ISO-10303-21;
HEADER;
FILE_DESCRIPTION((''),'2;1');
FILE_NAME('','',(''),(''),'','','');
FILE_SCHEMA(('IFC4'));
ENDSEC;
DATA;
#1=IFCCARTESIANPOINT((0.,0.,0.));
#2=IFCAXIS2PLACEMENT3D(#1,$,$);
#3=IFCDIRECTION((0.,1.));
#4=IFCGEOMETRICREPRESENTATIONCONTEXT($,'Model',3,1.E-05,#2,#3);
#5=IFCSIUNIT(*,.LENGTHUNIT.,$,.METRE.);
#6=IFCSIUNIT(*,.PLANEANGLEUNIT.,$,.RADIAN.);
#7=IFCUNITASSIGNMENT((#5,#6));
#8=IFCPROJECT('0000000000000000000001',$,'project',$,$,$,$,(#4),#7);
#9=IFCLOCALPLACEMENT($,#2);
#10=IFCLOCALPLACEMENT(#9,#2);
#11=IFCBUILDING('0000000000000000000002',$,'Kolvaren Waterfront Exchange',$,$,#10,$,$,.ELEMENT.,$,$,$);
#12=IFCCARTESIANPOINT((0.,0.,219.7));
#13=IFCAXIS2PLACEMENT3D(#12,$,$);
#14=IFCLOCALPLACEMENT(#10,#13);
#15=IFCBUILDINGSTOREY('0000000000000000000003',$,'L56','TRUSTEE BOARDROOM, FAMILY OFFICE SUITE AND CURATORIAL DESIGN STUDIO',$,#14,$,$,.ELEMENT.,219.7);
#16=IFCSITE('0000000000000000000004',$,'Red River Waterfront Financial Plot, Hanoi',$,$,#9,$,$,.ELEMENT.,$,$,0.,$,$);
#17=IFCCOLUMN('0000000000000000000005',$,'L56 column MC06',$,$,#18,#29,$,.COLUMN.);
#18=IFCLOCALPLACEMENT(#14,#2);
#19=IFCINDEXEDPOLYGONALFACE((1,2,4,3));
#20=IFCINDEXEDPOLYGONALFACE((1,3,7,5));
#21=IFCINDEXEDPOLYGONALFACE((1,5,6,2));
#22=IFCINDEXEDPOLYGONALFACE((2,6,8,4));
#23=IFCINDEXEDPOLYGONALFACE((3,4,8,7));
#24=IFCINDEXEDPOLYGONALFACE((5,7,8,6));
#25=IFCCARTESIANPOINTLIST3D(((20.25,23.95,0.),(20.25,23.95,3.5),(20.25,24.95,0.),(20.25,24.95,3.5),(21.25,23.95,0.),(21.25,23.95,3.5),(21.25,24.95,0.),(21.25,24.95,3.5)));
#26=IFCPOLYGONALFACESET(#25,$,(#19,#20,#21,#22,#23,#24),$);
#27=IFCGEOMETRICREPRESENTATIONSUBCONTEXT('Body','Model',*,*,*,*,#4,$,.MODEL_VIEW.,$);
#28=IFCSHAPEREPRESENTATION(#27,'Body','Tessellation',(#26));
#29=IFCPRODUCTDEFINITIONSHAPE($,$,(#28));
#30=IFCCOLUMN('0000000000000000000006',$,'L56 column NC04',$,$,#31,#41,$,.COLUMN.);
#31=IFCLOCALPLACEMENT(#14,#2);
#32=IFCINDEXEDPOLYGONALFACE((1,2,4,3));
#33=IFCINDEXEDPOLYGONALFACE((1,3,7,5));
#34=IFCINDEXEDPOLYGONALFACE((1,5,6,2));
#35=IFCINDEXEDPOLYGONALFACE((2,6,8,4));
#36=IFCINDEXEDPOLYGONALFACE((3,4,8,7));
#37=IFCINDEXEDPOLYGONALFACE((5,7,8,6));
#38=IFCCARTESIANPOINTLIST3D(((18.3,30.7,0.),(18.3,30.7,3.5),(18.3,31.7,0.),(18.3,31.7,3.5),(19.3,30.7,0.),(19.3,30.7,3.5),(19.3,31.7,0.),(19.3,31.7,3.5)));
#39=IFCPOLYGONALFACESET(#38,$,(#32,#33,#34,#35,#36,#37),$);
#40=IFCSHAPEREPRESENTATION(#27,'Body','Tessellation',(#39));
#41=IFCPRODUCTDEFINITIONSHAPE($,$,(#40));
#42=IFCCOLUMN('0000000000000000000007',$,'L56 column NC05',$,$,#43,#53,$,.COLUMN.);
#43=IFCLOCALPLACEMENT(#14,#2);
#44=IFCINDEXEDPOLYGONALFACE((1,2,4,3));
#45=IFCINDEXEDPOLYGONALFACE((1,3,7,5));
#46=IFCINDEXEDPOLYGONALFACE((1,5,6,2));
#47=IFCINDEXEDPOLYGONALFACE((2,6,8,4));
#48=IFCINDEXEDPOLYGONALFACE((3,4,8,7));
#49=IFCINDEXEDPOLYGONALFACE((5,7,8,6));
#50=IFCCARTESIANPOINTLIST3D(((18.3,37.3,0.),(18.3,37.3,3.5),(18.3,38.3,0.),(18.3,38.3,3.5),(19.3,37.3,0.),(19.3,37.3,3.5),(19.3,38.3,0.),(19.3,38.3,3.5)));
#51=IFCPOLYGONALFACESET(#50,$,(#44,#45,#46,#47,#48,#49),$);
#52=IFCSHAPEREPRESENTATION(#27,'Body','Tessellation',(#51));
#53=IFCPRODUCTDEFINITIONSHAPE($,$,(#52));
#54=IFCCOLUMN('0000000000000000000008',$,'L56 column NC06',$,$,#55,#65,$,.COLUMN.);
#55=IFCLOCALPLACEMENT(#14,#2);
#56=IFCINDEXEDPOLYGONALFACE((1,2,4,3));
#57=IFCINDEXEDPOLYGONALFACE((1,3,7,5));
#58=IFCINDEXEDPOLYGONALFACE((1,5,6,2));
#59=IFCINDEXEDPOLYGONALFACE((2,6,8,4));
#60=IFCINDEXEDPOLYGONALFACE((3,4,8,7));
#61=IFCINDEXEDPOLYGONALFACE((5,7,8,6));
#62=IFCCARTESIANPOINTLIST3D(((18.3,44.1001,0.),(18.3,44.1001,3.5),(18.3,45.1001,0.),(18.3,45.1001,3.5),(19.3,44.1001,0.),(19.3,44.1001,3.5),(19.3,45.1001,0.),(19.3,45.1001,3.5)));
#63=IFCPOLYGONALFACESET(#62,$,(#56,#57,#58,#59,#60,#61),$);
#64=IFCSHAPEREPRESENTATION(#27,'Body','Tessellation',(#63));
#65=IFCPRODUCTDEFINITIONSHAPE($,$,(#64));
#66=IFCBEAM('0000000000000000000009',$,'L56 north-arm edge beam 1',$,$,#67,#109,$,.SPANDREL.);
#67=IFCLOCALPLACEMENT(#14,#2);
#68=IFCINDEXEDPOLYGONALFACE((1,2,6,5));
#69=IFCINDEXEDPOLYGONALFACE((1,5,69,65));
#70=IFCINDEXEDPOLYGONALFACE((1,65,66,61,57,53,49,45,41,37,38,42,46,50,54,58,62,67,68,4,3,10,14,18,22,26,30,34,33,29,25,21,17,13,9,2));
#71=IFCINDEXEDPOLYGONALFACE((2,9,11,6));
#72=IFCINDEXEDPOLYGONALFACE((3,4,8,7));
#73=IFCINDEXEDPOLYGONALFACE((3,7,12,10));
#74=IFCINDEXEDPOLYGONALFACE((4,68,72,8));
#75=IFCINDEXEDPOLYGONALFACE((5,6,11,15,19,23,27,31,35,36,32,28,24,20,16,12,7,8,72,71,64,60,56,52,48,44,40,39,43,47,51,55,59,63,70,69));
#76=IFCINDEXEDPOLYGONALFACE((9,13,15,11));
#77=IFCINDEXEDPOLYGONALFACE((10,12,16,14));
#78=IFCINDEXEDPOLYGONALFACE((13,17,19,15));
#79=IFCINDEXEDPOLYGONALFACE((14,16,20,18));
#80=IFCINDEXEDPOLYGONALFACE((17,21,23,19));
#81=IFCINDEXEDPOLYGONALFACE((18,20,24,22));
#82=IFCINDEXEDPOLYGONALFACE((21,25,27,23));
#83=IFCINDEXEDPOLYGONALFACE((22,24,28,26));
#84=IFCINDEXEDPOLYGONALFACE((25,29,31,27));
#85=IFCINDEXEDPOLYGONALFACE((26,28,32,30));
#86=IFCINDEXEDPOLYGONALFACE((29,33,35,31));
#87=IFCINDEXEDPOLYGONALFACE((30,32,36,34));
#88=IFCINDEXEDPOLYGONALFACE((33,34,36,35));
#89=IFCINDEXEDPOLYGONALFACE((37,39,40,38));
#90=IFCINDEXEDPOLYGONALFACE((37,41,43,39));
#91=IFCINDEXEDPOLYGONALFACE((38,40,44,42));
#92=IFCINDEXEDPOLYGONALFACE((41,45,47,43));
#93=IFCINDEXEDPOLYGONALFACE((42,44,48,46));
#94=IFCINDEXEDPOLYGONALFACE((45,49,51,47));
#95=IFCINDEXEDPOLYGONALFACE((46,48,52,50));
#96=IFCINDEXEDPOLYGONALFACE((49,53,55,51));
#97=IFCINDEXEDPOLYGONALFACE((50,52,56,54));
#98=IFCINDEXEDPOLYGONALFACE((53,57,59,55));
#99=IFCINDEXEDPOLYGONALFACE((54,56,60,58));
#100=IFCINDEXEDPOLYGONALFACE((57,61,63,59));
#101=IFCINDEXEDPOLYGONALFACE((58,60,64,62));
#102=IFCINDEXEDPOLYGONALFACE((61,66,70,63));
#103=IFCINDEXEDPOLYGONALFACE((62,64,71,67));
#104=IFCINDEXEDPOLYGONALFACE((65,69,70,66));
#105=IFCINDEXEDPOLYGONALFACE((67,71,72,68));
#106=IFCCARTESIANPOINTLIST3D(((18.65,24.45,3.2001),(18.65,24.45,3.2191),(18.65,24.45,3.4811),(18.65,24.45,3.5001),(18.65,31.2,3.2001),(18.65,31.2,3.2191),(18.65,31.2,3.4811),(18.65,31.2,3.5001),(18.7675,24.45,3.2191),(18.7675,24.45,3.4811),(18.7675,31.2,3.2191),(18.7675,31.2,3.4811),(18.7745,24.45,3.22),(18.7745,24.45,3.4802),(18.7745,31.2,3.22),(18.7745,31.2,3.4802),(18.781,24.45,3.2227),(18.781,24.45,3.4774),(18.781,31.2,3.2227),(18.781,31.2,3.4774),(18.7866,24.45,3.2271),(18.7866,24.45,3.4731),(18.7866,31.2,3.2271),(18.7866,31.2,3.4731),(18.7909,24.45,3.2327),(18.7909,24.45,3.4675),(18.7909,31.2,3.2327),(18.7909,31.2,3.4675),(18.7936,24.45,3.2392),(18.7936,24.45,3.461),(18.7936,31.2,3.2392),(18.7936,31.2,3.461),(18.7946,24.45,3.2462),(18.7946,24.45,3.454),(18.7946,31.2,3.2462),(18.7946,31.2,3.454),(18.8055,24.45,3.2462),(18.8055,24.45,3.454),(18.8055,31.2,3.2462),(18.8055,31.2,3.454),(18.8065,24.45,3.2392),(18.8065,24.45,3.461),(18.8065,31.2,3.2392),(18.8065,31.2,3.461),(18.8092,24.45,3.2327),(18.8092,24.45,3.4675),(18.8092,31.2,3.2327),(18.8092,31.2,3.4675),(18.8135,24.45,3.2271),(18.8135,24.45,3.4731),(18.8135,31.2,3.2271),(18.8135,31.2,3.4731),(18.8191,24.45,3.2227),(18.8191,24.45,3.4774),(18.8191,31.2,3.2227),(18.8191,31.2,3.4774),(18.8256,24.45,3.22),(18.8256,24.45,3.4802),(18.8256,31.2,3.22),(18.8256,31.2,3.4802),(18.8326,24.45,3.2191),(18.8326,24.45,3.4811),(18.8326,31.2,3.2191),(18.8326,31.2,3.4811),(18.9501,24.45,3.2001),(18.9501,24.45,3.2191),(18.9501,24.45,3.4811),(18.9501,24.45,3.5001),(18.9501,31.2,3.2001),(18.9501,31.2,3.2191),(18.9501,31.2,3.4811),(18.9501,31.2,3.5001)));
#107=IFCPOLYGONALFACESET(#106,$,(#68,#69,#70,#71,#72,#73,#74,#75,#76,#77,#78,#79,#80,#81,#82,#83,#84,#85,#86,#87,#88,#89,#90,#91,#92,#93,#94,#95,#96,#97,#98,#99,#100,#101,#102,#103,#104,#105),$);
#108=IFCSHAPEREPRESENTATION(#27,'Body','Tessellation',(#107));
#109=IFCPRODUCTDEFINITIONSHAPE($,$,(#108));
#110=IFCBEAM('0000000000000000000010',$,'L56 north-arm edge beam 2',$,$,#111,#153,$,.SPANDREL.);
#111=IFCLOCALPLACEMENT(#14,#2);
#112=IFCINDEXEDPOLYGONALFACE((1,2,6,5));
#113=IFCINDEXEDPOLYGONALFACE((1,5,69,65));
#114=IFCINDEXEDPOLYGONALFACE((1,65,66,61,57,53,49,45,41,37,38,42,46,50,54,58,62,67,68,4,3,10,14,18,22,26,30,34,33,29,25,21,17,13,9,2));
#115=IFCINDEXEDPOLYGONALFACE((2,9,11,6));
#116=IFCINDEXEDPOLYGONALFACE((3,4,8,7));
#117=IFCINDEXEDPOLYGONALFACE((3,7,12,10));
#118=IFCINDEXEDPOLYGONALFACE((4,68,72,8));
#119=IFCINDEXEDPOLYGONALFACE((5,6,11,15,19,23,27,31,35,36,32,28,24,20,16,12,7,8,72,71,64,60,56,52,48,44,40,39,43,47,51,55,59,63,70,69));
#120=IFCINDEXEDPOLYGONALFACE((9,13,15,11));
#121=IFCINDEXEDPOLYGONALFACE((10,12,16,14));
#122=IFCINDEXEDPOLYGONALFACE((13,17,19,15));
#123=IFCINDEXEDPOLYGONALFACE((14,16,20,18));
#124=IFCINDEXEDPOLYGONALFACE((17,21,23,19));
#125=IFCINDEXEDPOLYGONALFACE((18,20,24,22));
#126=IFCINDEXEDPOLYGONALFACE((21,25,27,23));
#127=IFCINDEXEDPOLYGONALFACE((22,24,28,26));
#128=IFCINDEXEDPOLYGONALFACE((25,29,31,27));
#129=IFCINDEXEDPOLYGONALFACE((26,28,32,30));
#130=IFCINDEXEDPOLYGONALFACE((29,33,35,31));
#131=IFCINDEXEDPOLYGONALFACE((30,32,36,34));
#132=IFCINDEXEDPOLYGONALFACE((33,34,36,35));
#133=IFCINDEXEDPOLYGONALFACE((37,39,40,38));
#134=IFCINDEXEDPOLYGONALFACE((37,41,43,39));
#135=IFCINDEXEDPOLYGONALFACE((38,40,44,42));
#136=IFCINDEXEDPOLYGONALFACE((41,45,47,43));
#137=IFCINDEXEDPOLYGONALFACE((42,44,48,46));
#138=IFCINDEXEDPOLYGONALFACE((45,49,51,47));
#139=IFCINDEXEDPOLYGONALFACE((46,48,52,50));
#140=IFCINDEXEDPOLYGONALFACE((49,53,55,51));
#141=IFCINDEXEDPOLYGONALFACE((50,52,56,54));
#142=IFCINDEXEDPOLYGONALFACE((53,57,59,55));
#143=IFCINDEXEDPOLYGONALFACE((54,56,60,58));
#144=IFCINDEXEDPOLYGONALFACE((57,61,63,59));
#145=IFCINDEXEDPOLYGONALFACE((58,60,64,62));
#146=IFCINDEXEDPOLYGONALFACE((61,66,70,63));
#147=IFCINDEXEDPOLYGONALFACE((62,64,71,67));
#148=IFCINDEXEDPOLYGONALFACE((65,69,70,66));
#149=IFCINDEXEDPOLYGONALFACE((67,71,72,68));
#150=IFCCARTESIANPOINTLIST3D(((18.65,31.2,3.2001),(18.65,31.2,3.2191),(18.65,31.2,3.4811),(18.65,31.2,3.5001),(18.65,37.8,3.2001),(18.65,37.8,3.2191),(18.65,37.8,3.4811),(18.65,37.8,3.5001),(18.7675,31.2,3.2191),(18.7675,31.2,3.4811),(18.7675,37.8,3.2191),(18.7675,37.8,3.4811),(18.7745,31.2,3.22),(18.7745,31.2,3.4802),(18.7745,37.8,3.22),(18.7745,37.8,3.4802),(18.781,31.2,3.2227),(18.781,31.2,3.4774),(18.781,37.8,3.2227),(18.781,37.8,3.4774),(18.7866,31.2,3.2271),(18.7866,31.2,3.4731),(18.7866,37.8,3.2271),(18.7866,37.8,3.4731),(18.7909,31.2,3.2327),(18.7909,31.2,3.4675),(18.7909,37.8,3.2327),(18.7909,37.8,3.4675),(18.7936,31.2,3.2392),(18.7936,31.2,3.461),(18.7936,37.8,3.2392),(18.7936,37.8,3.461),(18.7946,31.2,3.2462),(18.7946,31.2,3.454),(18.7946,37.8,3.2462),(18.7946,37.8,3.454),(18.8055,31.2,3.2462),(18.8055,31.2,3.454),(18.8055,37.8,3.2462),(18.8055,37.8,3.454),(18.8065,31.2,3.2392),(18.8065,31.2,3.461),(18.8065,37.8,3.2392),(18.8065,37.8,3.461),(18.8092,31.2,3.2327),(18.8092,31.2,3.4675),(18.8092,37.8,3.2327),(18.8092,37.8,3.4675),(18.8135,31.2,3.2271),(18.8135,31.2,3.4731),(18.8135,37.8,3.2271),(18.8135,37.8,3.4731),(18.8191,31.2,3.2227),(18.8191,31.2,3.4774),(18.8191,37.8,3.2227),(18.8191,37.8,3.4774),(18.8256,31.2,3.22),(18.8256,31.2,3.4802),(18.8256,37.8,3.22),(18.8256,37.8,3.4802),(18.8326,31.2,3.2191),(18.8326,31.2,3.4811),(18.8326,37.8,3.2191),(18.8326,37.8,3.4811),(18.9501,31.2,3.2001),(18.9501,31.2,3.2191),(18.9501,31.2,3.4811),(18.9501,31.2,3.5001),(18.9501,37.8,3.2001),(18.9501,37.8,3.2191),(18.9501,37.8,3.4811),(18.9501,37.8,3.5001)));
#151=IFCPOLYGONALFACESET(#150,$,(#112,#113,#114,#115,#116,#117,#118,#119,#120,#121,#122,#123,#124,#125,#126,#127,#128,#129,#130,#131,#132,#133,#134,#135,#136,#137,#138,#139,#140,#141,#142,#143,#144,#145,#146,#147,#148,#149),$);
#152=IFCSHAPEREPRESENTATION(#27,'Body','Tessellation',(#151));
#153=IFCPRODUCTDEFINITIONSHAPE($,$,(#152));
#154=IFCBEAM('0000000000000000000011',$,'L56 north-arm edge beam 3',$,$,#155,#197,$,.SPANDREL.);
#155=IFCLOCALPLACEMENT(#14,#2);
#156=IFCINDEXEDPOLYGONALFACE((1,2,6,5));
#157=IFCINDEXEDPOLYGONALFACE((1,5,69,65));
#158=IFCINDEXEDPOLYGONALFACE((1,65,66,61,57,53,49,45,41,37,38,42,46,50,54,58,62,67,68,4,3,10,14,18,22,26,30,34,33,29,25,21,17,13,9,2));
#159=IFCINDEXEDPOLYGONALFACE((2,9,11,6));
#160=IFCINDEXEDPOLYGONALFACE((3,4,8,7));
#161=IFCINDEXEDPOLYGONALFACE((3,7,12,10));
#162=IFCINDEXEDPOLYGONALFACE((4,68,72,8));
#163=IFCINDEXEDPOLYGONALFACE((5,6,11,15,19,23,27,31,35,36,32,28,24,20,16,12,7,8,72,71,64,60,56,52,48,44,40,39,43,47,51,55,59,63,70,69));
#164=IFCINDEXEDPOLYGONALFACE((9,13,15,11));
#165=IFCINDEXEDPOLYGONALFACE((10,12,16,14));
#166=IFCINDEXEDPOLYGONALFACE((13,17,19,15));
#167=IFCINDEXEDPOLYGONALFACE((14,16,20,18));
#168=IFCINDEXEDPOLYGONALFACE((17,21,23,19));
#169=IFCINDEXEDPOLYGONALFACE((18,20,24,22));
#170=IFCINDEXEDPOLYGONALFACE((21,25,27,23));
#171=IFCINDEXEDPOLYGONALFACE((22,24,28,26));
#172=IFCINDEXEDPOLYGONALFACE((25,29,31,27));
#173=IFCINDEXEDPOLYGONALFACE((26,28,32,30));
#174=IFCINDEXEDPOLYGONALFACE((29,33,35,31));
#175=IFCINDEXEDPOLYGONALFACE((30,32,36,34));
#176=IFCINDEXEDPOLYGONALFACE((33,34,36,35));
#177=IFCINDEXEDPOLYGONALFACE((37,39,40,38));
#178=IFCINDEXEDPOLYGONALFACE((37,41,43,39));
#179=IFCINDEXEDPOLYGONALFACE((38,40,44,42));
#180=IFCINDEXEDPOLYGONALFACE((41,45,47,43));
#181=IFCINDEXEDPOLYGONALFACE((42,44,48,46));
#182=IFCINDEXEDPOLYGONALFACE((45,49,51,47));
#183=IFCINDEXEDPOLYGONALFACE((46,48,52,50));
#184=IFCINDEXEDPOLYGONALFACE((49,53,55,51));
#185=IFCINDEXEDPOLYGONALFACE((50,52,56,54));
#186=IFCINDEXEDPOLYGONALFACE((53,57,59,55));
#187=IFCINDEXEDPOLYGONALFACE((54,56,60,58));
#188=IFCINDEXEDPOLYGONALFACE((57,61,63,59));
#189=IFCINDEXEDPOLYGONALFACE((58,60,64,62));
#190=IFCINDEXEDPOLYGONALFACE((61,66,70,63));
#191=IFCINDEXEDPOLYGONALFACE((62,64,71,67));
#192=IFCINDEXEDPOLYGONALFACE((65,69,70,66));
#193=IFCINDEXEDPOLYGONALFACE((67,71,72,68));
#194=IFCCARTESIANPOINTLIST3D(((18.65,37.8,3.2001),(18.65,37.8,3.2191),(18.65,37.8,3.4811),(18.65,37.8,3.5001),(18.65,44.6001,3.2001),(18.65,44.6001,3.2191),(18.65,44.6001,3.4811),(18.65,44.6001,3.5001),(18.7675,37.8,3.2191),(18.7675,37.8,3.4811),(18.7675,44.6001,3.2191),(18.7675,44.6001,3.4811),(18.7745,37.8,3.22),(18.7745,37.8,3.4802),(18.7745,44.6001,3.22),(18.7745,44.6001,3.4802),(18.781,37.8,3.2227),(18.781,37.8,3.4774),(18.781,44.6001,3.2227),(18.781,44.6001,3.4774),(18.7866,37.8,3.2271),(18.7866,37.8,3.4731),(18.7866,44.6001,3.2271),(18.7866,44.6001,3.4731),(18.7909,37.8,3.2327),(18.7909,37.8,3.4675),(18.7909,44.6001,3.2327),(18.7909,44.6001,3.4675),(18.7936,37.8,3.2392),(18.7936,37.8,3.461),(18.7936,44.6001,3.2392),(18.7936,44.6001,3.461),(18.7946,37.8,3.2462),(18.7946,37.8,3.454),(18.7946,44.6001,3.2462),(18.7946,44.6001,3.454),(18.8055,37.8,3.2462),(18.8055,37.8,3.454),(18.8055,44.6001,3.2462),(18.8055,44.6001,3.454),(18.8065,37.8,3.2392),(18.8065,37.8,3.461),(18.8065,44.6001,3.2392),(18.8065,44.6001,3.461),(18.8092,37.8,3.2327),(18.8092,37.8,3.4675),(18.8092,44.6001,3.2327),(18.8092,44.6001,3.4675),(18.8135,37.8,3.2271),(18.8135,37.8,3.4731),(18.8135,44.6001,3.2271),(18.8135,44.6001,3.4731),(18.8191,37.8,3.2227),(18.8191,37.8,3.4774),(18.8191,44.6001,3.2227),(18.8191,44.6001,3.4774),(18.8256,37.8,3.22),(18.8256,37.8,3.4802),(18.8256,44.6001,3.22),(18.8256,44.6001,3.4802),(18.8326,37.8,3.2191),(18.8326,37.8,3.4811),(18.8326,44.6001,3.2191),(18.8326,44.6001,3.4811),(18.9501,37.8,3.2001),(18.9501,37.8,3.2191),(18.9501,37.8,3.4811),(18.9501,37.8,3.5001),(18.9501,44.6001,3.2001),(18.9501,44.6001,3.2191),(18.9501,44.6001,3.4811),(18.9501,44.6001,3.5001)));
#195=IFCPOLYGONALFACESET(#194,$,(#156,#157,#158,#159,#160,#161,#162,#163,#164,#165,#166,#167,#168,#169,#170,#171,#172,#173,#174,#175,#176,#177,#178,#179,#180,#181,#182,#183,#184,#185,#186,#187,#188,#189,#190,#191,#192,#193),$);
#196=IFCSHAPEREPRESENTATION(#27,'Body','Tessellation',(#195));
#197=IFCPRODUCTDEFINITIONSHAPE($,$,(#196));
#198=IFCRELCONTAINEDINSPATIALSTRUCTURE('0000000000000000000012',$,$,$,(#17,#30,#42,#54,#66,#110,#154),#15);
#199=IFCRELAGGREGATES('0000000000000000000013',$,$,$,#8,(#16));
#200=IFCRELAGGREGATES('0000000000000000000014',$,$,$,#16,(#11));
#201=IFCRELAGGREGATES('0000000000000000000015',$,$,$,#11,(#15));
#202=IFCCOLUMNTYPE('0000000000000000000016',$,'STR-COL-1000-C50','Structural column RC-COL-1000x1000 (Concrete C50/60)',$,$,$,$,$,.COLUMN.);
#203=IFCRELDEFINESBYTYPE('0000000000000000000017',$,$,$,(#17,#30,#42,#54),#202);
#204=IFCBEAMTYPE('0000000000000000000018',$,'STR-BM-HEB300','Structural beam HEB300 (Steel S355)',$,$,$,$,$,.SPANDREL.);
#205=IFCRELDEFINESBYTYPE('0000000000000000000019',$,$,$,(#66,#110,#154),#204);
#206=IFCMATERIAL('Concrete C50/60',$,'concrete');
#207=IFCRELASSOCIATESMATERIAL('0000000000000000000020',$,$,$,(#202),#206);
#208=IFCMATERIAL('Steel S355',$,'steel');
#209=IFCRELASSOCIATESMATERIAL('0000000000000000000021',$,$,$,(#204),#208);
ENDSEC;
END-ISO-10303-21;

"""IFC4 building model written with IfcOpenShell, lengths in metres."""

from ifc_helpers import new_model, si_unit, direction, frame, origin, origin_2d, place, context, subcontext, project, spatial, rectangle, i_section, extrude, material, material_profile, profile_set, type_object, element, save


model = new_model("IFC4")

# Units and contexts
model_context = context("Model", 3, precision=1e-05, world=origin(), true_north=direction((0.0, 1.0)))
body_context = subcontext(model_context, "Body", "Model", "MODEL_VIEW")
ifc_project = project(units=[si_unit("LENGTHUNIT", "METRE"), si_unit("PLANEANGLEUNIT", "RADIAN")], contexts=[model_context])

# Site, building, storey
site_placement = place(None, origin())
site = spatial("IfcSite", under=ifc_project, at=site_placement, Name="Red River Waterfront Financial Plot, Hanoi", CompositionType="ELEMENT", RefElevation=0.0)
building_placement = place(site_placement, origin())
building = spatial("IfcBuilding", under=site, at=building_placement, Name="Kolvaren Waterfront Exchange", CompositionType="ELEMENT")
storey_placement = place(building_placement, frame((0.0, 0.0, 219.7)))
storey = spatial("IfcBuildingStorey", under=building, at=storey_placement, Name="L56", Description="TRUSTEE BOARDROOM, FAMILY OFFICE SUITE AND CURATORIAL DESIGN STUDIO", CompositionType="ELEMENT", Elevation=219.7)

# Columns
ifc_material_1 = material(Name="Concrete C50/60", Category="concrete")
ifc_material_profile_1 = material_profile(ifc_material_1, rectangle(XDim=1.0, YDim=1.0, at=origin_2d()), Name="RC-COL-1000x1000")
ifc_profile_set_1 = profile_set([ifc_material_profile_1], Name="Concrete C50/60")
column_type = type_object("IfcColumnType", Name="STR-COL-1000-C50", Description="Structural column RC-COL-1000x1000 (Concrete C50/60)", PredefinedType="COLUMN", material=ifc_profile_set_1)
for number, where, z_axis, x_axis, name in (
    (1, (20.75, 24.45, 0.0), (0.0, 0.0, 1.0), (1.0, 0.0, 0.0), "L56 column MC06"),
    (2, (18.8, 31.2, 0.0), (0.0, 0.0, 1.0), (1.0, 0.0, 0.0), "L56 column NC04"),
    (3, (18.8, 37.8, 0.0), (0.0, 0.0, 1.0), (1.0, 0.0, 0.0), "L56 column NC05"),
    (4, (18.8, 44.6001, 0.0), (0.0, 0.0, 1.0), (1.0, 0.0, 0.0), "L56 column NC06"),
):
    element("IfcColumn", number, at=place(storey_placement, frame(where, z_axis=z_axis, x_axis=x_axis)), inside=storey, type_object=column_type, Name=name, PredefinedType="COLUMN", context=body_context, shape_type="SweptSolid", body=[
        extrude(rectangle(XDim=1.0, YDim=1.0, at=origin_2d()), origin(), (0.0, 0.0, 1.0), 3.5),
    ])

# Beams
ifc_material_2 = material(Name="Steel S355", Category="steel")
ifc_material_profile_2 = material_profile(ifc_material_2, i_section(OverallWidth=0.3, OverallDepth=0.3, WebThickness=0.011, FlangeThickness=0.019, FilletRadius=0.0271, at=origin_2d()), Name="HEB300")
ifc_profile_set_2 = profile_set([ifc_material_profile_2], Name="Steel S355")
beam_type = type_object("IfcBeamType", Name="STR-BM-HEB300", Description="Structural beam HEB300 (Steel S355)", PredefinedType="SPANDREL", material=ifc_profile_set_2)
beam_1_placement = place(storey_placement, frame((18.8, 24.45, 3.3501), z_axis=(0.0, 1.0, 0.0), x_axis=(-1.0, 0.0, 0.0)))
element("IfcBeam", 5, at=beam_1_placement, inside=storey, type_object=beam_type, Name="L56 north-arm edge beam 1", PredefinedType="SPANDREL", context=body_context, shape_type="SweptSolid", body=[
    extrude(i_section(OverallWidth=0.3, OverallDepth=0.3, WebThickness=0.011, FlangeThickness=0.019, FilletRadius=0.0271, at=origin_2d()), origin(), (0.0, 0.0, 1.0), 6.75),
])
beam_2_placement = place(storey_placement, frame((18.8, 31.2, 3.3501), z_axis=(0.0, 1.0, 0.0), x_axis=(-1.0, 0.0, 0.0)))
element("IfcBeam", 6, at=beam_2_placement, inside=storey, type_object=beam_type, Name="L56 north-arm edge beam 2", PredefinedType="SPANDREL", context=body_context, shape_type="SweptSolid", body=[
    extrude(i_section(OverallWidth=0.3, OverallDepth=0.3, WebThickness=0.011, FlangeThickness=0.019, FilletRadius=0.0271, at=origin_2d()), origin(), (0.0, 0.0, 1.0), 6.6001),
])
beam_3_placement = place(storey_placement, frame((18.8, 37.8, 3.3501), z_axis=(0.0, 1.0, 0.0), x_axis=(-1.0, 0.0, 0.0)))
element("IfcBeam", 7, at=beam_3_placement, inside=storey, type_object=beam_type, Name="L56 north-arm edge beam 3", PredefinedType="SPANDREL", context=body_context, shape_type="SweptSolid", body=[
    extrude(i_section(OverallWidth=0.3, OverallDepth=0.3, WebThickness=0.011, FlangeThickness=0.019, FilletRadius=0.0271, at=origin_2d()), origin(), (0.0, 0.0, 1.0), 6.8),
])

save(model, "model.ifc")
